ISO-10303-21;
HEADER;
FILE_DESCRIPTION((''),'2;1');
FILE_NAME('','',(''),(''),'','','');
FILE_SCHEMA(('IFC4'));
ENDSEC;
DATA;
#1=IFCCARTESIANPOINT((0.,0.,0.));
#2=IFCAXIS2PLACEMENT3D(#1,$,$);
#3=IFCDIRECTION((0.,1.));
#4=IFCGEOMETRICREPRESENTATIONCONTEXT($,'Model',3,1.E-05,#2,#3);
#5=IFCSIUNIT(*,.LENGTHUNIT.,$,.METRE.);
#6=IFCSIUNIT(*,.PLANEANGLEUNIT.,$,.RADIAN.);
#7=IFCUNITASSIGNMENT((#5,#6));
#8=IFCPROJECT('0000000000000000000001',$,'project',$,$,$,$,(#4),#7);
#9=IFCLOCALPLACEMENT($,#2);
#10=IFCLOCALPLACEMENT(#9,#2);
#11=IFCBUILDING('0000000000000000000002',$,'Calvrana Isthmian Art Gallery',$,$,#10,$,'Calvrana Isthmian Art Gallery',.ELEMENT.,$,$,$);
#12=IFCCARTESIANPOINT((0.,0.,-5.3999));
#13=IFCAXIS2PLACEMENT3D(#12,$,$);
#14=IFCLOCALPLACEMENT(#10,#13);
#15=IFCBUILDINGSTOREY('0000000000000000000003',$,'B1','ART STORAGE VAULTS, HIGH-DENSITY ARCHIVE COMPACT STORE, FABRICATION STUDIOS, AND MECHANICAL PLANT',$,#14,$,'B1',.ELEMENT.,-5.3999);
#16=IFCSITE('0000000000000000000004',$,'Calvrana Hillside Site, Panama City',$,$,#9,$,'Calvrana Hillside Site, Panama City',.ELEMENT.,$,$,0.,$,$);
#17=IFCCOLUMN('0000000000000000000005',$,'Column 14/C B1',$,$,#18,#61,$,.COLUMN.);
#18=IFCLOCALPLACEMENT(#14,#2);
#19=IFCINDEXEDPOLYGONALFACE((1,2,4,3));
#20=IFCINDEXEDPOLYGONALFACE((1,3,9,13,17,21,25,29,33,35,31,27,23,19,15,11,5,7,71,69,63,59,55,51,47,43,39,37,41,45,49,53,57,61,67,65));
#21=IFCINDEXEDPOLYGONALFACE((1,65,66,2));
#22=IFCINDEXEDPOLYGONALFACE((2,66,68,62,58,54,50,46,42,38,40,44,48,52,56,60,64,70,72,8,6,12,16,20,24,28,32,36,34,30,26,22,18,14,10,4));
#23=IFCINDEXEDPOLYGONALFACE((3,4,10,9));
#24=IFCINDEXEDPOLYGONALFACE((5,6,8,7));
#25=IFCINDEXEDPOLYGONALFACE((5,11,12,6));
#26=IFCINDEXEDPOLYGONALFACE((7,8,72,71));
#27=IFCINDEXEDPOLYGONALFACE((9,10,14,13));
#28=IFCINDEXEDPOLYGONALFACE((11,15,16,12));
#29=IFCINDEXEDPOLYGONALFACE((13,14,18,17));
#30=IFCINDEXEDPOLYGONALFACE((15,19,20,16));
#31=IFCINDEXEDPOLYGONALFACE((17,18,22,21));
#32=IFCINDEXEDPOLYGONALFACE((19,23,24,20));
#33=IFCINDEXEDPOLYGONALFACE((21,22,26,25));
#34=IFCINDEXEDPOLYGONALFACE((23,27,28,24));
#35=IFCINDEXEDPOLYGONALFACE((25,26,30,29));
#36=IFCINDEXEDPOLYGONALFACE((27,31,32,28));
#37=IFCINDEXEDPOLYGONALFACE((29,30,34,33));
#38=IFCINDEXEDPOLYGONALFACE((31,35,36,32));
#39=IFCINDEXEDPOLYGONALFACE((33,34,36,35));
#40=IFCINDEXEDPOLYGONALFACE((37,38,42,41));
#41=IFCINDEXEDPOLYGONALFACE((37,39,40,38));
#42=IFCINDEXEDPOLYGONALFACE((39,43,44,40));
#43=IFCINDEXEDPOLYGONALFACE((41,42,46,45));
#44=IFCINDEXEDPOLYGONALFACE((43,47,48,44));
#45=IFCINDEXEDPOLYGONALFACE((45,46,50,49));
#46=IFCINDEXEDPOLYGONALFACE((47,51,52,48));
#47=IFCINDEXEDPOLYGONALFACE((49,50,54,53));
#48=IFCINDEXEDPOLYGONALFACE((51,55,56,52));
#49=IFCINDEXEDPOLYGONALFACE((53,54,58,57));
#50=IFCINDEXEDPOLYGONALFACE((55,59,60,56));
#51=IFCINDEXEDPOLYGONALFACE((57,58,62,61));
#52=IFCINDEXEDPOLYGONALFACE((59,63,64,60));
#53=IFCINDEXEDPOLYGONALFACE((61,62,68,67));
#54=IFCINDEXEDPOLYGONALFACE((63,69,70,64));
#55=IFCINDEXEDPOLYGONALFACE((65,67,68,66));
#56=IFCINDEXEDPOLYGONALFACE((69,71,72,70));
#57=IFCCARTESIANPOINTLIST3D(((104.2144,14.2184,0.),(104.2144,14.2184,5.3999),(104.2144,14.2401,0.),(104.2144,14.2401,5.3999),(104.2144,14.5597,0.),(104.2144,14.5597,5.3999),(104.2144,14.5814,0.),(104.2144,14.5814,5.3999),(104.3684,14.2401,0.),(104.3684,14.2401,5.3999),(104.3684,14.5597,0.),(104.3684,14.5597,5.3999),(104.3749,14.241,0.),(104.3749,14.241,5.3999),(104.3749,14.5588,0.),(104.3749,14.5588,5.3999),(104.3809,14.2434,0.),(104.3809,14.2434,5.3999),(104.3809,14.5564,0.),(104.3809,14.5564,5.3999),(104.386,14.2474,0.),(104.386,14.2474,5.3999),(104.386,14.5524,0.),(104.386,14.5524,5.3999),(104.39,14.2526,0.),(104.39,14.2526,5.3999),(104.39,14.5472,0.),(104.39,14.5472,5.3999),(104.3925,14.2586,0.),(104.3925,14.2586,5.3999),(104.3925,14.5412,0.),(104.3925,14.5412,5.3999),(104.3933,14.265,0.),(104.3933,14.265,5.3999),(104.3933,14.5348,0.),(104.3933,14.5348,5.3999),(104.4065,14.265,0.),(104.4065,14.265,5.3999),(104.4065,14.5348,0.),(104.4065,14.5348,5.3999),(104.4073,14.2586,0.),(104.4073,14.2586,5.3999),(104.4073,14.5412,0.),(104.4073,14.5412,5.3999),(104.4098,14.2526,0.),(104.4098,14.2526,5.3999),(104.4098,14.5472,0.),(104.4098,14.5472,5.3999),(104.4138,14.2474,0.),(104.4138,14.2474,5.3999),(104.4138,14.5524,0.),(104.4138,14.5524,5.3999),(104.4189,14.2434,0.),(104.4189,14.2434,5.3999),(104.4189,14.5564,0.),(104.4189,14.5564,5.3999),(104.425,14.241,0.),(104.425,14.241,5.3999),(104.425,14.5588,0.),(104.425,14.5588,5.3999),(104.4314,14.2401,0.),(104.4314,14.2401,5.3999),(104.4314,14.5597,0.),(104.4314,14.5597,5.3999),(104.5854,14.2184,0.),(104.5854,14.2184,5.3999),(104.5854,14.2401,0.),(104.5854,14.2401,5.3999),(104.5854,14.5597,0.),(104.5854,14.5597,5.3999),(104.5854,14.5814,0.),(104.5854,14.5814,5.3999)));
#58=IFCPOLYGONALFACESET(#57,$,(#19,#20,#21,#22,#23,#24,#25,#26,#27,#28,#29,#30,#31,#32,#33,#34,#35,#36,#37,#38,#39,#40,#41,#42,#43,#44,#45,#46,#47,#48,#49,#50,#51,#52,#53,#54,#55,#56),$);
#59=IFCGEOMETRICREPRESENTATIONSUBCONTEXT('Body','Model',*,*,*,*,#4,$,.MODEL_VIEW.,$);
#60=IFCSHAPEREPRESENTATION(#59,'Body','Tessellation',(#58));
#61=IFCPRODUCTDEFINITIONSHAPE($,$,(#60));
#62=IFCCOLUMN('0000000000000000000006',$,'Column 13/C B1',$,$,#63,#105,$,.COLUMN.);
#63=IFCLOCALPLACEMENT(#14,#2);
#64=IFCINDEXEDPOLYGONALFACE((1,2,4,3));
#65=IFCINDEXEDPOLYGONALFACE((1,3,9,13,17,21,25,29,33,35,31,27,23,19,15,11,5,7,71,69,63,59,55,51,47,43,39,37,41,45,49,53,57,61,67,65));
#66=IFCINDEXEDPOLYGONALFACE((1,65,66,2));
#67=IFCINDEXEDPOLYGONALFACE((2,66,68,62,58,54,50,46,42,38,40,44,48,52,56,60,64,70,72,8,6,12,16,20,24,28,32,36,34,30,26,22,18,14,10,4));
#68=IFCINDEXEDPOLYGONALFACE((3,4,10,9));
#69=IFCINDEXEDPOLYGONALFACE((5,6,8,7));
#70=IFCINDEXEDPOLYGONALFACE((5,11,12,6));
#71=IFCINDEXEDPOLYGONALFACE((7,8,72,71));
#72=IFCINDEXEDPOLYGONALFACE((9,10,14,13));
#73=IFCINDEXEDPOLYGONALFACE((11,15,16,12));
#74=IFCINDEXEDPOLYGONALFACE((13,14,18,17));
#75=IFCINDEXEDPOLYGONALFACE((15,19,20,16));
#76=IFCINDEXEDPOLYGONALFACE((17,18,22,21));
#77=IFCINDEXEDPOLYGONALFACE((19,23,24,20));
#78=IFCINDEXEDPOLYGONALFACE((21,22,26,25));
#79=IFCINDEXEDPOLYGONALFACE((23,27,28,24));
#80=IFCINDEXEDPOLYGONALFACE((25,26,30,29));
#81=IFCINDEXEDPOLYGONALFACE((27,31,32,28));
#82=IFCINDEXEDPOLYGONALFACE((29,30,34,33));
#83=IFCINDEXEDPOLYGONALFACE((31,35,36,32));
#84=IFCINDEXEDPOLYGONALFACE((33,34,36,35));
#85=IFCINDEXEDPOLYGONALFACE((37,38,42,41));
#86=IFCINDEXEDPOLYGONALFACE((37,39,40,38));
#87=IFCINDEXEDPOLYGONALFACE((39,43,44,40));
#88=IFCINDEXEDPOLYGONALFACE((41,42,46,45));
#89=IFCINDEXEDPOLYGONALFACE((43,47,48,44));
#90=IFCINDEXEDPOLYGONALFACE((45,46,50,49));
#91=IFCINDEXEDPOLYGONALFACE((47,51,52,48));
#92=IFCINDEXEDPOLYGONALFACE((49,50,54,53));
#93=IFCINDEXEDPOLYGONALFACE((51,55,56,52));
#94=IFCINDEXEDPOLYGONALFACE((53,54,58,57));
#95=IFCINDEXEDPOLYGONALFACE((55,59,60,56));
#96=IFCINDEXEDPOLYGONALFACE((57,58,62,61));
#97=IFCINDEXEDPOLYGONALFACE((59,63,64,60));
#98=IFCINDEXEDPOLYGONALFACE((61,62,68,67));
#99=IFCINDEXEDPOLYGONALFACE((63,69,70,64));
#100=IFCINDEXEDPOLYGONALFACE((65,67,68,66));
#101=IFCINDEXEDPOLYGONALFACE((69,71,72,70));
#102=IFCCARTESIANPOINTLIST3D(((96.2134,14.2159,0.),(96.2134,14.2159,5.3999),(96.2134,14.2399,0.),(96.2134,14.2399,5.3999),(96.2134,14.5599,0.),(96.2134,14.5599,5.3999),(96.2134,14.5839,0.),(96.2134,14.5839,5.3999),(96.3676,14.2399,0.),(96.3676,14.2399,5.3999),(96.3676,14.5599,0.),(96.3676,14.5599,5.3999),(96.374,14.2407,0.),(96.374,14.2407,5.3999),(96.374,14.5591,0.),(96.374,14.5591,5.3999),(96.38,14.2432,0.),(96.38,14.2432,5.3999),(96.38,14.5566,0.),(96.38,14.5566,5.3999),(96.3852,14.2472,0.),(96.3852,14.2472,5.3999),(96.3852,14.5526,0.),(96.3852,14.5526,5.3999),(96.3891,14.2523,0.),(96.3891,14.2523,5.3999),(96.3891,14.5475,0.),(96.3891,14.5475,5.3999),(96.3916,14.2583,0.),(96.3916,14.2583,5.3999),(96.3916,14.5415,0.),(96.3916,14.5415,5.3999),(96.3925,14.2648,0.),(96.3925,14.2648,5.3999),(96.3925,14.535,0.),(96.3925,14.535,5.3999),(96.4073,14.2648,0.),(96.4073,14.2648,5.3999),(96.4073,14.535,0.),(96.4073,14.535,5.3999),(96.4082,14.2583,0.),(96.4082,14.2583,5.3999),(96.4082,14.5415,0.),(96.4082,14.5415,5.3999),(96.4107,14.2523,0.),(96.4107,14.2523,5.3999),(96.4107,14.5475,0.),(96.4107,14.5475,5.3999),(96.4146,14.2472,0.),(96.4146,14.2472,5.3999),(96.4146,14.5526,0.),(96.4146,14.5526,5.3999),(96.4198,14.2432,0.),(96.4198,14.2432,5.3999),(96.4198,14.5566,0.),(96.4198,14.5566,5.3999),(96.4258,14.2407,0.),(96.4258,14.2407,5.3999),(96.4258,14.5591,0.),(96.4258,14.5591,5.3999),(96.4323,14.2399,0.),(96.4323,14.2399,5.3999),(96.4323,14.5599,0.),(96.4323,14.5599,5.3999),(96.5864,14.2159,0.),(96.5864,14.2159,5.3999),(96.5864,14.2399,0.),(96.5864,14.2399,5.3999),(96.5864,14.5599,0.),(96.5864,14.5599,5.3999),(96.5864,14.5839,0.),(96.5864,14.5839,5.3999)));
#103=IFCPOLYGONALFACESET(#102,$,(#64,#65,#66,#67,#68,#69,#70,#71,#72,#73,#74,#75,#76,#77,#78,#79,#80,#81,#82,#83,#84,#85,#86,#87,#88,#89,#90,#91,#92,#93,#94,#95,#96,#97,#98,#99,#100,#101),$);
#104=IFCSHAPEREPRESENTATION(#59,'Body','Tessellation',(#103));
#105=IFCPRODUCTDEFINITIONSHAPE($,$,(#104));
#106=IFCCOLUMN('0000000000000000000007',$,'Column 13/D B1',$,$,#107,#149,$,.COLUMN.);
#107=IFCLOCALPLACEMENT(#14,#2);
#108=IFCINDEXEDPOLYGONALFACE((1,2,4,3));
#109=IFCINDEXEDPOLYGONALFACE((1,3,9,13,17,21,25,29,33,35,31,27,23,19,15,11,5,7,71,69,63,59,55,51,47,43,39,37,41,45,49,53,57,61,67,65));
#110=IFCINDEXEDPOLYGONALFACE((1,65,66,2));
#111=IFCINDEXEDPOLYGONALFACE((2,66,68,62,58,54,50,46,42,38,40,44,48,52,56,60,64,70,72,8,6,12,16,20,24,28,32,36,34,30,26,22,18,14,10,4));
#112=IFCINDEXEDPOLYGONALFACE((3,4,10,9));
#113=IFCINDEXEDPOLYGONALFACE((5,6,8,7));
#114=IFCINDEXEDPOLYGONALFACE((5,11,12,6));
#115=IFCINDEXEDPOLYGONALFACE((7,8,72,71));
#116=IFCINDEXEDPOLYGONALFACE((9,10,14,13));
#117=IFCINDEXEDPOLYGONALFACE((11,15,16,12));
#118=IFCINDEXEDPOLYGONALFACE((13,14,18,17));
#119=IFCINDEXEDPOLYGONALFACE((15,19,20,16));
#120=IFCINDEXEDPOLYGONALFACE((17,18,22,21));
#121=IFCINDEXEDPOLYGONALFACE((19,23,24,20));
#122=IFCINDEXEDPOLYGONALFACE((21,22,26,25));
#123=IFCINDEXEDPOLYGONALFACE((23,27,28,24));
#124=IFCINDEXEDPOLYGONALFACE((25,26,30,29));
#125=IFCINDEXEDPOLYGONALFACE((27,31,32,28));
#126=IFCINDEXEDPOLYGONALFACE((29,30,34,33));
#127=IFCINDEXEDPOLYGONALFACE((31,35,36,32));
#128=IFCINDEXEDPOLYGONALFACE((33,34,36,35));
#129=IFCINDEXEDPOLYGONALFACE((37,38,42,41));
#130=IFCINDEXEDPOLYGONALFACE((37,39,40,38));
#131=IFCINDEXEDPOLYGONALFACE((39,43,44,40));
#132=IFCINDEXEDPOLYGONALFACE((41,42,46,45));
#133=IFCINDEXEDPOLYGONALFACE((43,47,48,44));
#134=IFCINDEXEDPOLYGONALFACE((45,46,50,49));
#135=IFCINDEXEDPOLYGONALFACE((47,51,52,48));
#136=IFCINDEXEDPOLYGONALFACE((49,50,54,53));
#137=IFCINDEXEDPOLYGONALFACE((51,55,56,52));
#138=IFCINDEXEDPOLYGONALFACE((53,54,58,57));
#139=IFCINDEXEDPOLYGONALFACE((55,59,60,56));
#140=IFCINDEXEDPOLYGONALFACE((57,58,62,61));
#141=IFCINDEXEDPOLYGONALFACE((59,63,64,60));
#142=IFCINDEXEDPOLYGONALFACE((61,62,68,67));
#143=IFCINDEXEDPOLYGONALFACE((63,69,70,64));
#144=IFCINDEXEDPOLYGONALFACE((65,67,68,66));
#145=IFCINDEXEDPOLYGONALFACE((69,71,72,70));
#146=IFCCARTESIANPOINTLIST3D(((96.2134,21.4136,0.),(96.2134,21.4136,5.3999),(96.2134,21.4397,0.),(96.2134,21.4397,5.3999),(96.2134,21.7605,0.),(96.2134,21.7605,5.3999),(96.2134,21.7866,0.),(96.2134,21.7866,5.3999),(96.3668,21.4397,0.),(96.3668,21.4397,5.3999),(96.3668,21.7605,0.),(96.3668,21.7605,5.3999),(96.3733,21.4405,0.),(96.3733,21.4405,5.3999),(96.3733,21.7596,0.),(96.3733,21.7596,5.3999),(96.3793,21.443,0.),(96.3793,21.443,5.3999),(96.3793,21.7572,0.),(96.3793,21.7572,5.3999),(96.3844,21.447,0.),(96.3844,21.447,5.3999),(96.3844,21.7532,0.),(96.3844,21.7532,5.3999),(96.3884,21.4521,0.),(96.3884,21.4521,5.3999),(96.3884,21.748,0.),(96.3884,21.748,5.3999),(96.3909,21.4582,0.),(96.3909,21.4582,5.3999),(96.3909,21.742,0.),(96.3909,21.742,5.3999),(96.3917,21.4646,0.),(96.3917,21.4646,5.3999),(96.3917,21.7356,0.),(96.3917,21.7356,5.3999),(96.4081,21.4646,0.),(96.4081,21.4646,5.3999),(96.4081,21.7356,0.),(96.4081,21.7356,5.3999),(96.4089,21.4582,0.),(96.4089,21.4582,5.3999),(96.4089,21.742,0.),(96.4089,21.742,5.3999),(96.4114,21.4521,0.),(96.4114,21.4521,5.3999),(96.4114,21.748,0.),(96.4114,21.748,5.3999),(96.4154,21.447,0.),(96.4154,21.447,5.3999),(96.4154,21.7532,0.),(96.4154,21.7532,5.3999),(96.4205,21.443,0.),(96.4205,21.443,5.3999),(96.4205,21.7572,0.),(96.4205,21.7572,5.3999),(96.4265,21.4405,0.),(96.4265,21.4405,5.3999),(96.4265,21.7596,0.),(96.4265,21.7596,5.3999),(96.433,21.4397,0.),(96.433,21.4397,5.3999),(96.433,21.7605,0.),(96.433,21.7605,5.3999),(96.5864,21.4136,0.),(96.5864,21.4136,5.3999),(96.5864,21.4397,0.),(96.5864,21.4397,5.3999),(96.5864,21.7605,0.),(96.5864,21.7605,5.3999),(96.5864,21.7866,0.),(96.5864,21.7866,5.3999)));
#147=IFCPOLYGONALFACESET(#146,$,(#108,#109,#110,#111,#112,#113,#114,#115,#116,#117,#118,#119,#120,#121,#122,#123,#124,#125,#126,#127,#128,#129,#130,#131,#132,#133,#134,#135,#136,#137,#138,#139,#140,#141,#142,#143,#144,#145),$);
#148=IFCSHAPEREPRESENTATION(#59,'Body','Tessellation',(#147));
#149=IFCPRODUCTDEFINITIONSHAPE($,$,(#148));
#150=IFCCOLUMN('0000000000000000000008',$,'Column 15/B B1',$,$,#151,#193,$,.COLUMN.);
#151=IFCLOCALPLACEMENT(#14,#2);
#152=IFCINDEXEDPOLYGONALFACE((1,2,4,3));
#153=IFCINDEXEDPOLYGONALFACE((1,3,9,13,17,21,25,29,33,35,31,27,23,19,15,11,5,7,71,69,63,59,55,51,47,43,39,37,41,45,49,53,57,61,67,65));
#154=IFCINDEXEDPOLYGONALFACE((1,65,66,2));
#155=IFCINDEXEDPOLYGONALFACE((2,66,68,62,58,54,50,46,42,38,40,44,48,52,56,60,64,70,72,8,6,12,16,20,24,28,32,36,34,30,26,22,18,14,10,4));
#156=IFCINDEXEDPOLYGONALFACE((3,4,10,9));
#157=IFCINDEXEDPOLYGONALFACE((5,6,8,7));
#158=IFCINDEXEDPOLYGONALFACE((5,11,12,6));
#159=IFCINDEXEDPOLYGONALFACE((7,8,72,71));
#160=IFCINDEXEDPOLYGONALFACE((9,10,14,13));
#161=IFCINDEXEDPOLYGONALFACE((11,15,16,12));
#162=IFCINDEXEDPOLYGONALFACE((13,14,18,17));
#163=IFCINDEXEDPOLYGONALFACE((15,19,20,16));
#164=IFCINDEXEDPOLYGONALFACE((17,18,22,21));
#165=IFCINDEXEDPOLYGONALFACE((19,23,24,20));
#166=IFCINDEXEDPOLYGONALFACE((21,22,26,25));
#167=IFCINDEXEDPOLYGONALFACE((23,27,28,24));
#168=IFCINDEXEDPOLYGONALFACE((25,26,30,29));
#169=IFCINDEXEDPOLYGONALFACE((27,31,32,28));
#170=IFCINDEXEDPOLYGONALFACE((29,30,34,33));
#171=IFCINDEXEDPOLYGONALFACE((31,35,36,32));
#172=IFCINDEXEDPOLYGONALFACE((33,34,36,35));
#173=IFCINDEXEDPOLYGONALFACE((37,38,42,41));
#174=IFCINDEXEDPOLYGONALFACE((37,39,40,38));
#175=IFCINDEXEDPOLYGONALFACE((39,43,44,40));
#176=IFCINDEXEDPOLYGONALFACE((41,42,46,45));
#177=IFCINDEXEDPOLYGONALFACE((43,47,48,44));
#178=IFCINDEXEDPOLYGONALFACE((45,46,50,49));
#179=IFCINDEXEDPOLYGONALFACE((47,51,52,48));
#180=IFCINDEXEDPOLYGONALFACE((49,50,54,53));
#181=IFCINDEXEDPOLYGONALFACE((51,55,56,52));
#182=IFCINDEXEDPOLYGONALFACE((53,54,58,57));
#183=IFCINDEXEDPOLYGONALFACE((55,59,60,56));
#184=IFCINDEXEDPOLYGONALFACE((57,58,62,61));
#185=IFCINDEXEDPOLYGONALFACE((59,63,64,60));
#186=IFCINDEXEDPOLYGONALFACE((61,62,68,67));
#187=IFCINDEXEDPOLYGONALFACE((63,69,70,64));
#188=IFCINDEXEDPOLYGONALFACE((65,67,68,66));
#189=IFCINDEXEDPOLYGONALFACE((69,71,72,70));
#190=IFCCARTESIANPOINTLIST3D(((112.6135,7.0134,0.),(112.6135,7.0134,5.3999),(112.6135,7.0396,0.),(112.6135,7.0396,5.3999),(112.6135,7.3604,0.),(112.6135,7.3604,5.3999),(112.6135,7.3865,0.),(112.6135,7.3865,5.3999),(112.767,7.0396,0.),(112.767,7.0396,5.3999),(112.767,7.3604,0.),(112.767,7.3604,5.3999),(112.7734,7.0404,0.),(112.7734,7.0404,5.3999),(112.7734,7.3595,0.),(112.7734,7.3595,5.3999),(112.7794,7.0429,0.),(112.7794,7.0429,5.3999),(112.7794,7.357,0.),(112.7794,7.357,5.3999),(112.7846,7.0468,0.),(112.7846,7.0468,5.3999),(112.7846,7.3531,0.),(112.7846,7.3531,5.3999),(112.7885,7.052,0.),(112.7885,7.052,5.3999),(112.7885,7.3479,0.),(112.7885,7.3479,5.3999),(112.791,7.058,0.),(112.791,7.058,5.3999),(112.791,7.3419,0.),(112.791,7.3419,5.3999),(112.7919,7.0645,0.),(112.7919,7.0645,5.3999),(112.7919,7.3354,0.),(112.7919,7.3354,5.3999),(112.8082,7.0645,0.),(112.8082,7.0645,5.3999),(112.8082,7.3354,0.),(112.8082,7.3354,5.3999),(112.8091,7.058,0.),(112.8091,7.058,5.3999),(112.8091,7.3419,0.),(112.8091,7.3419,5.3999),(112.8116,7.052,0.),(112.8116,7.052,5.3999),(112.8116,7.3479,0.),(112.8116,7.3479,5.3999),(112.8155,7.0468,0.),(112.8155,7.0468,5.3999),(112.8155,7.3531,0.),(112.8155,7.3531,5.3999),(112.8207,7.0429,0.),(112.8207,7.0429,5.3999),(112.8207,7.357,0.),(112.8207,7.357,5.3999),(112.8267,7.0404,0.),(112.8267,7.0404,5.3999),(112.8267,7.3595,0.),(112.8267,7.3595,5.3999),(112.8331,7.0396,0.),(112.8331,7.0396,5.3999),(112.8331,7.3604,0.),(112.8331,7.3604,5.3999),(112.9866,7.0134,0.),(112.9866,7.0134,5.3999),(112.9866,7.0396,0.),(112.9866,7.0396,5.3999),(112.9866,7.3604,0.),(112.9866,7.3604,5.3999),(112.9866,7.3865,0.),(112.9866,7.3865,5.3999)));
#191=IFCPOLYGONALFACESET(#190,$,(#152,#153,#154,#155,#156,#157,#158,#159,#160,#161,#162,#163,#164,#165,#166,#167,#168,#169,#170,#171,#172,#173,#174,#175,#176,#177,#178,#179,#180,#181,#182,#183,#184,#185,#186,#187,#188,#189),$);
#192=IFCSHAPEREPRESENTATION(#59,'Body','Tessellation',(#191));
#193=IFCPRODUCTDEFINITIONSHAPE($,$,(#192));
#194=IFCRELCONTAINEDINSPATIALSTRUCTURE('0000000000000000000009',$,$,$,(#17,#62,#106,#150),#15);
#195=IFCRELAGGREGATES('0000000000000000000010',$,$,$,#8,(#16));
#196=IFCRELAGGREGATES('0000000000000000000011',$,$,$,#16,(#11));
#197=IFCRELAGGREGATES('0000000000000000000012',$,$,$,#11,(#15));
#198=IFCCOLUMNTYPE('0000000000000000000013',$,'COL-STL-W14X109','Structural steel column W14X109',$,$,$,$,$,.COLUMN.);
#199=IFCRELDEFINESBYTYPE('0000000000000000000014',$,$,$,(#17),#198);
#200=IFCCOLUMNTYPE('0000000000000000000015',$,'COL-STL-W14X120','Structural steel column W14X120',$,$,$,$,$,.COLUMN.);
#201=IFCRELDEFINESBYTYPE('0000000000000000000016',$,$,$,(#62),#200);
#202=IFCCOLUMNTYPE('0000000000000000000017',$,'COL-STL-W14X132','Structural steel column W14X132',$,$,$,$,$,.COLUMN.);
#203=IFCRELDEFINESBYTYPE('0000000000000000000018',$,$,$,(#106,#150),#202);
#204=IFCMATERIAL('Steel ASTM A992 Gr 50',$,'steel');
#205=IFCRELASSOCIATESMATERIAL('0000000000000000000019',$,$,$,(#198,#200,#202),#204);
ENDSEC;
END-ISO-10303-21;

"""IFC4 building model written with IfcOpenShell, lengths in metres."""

from ifc_helpers import new_model, si_unit, direction, frame, origin, origin_2d, place, context, subcontext, project, spatial, i_section, extrude, material, material_profile, profile_set, type_object, element, save


model = new_model("IFC4")

# Units and contexts
model_context = context("Model", 3, precision=1e-05, world=origin(), true_north=direction((0.0, 1.0)))
body_context = subcontext(model_context, "Body", "Model", "MODEL_VIEW")
ifc_project = project(units=[si_unit("LENGTHUNIT", "METRE"), si_unit("PLANEANGLEUNIT", "RADIAN")], contexts=[model_context])

# Site, building, storey
site_placement = place(None, origin())
site = spatial("IfcSite", under=ifc_project, at=site_placement, Name="Calvrana Hillside Site, Panama City", LongName="Calvrana Hillside Site, Panama City", CompositionType="ELEMENT", RefElevation=0.0)
building_placement = place(site_placement, origin())
building = spatial("IfcBuilding", under=site, at=building_placement, Name="Calvrana Isthmian Art Gallery", LongName="Calvrana Isthmian Art Gallery", CompositionType="ELEMENT")
storey_placement = place(building_placement, frame((0.0, 0.0, -5.3999)))
storey = spatial("IfcBuildingStorey", under=building, at=storey_placement, Name="B1", Description="ART STORAGE VAULTS, HIGH-DENSITY ARCHIVE COMPACT STORE, FABRICATION STUDIOS, AND MECHANICAL PLANT", LongName="B1", CompositionType="ELEMENT", Elevation=-5.3999)

# Columns
ifc_material_1 = material(Name="Steel ASTM A992 Gr 50", Category="steel")
ifc_material_profile_1 = material_profile(ifc_material_1, i_section(OverallWidth=0.3711, OverallDepth=0.363, WebThickness=0.0132, FlangeThickness=0.0217, FilletRadius=0.0249, at=origin_2d()), Name="W14X109")
ifc_profile_set_1 = profile_set([ifc_material_profile_1], Name="Steel ASTM A992 Gr 50")
column_type_1 = type_object("IfcColumnType", Name="COL-STL-W14X109", Description="Structural steel column W14X109", PredefinedType="COLUMN", material=ifc_profile_set_1)
column_1_placement = place(storey_placement, frame((104.3999, 14.3999, 0.0), z_axis=(0.0, 0.0, 1.0), x_axis=(1.0, 0.0, 0.0)))
element("IfcColumn", 1, at=column_1_placement, inside=storey, type_object=column_type_1, Name="Column 14/C B1", PredefinedType="COLUMN", context=body_context, shape_type="SweptSolid", body=[
    extrude(i_section(OverallWidth=0.3711, OverallDepth=0.363, WebThickness=0.0132, FlangeThickness=0.0217, FilletRadius=0.0249, at=origin_2d()), origin(), (0.0, 0.0, 1.0), 5.3999),
])
ifc_material_profile_2 = material_profile(ifc_material_1, i_section(OverallWidth=0.373, OverallDepth=0.3679, WebThickness=0.0149, FlangeThickness=0.0239, FilletRadius=0.0249, at=origin_2d()), Name="W14X120")
ifc_profile_set_2 = profile_set([ifc_material_profile_2], Name="Steel ASTM A992 Gr 50")
column_type_2 = type_object("IfcColumnType", Name="COL-STL-W14X120", Description="Structural steel column W14X120", PredefinedType="COLUMN", material=ifc_profile_set_2)
column_2_placement = place(storey_placement, frame((96.3999, 14.3999, 0.0), z_axis=(0.0, 0.0, 1.0), x_axis=(1.0, 0.0, 0.0)))
element("IfcColumn", 2, at=column_2_placement, inside=storey, type_object=column_type_2, Name="Column 13/C B1", PredefinedType="COLUMN", context=body_context, shape_type="SweptSolid", body=[
    extrude(i_section(OverallWidth=0.373, OverallDepth=0.3679, WebThickness=0.0149, FlangeThickness=0.0239, FilletRadius=0.0249, at=origin_2d()), origin(), (0.0, 0.0, 1.0), 5.3999),
])
ifc_material_profile_3 = material_profile(ifc_material_1, i_section(OverallWidth=0.373, OverallDepth=0.373, WebThickness=0.0164, FlangeThickness=0.0261, FilletRadius=0.0249, at=origin_2d()), Name="W14X132")
ifc_profile_set_3 = profile_set([ifc_material_profile_3], Name="Steel ASTM A992 Gr 50")
column_type_3 = type_object("IfcColumnType", Name="COL-STL-W14X132", Description="Structural steel column W14X132", PredefinedType="COLUMN", material=ifc_profile_set_3)
for number, where, z_axis, x_axis, name in (
    (3, (96.3999, 21.6001, 0.0), (0.0, 0.0, 1.0), (1.0, 0.0, 0.0), "Column 13/D B1"),
    (4, (112.8, 7.2, 0.0), (0.0, 0.0, 1.0), (1.0, 0.0, 0.0), "Column 15/B B1"),
):
    element("IfcColumn", number, at=place(storey_placement, frame(where, z_axis=z_axis, x_axis=x_axis)), inside=storey, type_object=column_type_3, Name=name, PredefinedType="COLUMN", context=body_context, shape_type="SweptSolid", body=[
        extrude(i_section(OverallWidth=0.373, OverallDepth=0.373, WebThickness=0.0164, FlangeThickness=0.0261, FilletRadius=0.0249, at=origin_2d()), origin(), (0.0, 0.0, 1.0), 5.3999),
    ])

save(model, "model.ifc")
